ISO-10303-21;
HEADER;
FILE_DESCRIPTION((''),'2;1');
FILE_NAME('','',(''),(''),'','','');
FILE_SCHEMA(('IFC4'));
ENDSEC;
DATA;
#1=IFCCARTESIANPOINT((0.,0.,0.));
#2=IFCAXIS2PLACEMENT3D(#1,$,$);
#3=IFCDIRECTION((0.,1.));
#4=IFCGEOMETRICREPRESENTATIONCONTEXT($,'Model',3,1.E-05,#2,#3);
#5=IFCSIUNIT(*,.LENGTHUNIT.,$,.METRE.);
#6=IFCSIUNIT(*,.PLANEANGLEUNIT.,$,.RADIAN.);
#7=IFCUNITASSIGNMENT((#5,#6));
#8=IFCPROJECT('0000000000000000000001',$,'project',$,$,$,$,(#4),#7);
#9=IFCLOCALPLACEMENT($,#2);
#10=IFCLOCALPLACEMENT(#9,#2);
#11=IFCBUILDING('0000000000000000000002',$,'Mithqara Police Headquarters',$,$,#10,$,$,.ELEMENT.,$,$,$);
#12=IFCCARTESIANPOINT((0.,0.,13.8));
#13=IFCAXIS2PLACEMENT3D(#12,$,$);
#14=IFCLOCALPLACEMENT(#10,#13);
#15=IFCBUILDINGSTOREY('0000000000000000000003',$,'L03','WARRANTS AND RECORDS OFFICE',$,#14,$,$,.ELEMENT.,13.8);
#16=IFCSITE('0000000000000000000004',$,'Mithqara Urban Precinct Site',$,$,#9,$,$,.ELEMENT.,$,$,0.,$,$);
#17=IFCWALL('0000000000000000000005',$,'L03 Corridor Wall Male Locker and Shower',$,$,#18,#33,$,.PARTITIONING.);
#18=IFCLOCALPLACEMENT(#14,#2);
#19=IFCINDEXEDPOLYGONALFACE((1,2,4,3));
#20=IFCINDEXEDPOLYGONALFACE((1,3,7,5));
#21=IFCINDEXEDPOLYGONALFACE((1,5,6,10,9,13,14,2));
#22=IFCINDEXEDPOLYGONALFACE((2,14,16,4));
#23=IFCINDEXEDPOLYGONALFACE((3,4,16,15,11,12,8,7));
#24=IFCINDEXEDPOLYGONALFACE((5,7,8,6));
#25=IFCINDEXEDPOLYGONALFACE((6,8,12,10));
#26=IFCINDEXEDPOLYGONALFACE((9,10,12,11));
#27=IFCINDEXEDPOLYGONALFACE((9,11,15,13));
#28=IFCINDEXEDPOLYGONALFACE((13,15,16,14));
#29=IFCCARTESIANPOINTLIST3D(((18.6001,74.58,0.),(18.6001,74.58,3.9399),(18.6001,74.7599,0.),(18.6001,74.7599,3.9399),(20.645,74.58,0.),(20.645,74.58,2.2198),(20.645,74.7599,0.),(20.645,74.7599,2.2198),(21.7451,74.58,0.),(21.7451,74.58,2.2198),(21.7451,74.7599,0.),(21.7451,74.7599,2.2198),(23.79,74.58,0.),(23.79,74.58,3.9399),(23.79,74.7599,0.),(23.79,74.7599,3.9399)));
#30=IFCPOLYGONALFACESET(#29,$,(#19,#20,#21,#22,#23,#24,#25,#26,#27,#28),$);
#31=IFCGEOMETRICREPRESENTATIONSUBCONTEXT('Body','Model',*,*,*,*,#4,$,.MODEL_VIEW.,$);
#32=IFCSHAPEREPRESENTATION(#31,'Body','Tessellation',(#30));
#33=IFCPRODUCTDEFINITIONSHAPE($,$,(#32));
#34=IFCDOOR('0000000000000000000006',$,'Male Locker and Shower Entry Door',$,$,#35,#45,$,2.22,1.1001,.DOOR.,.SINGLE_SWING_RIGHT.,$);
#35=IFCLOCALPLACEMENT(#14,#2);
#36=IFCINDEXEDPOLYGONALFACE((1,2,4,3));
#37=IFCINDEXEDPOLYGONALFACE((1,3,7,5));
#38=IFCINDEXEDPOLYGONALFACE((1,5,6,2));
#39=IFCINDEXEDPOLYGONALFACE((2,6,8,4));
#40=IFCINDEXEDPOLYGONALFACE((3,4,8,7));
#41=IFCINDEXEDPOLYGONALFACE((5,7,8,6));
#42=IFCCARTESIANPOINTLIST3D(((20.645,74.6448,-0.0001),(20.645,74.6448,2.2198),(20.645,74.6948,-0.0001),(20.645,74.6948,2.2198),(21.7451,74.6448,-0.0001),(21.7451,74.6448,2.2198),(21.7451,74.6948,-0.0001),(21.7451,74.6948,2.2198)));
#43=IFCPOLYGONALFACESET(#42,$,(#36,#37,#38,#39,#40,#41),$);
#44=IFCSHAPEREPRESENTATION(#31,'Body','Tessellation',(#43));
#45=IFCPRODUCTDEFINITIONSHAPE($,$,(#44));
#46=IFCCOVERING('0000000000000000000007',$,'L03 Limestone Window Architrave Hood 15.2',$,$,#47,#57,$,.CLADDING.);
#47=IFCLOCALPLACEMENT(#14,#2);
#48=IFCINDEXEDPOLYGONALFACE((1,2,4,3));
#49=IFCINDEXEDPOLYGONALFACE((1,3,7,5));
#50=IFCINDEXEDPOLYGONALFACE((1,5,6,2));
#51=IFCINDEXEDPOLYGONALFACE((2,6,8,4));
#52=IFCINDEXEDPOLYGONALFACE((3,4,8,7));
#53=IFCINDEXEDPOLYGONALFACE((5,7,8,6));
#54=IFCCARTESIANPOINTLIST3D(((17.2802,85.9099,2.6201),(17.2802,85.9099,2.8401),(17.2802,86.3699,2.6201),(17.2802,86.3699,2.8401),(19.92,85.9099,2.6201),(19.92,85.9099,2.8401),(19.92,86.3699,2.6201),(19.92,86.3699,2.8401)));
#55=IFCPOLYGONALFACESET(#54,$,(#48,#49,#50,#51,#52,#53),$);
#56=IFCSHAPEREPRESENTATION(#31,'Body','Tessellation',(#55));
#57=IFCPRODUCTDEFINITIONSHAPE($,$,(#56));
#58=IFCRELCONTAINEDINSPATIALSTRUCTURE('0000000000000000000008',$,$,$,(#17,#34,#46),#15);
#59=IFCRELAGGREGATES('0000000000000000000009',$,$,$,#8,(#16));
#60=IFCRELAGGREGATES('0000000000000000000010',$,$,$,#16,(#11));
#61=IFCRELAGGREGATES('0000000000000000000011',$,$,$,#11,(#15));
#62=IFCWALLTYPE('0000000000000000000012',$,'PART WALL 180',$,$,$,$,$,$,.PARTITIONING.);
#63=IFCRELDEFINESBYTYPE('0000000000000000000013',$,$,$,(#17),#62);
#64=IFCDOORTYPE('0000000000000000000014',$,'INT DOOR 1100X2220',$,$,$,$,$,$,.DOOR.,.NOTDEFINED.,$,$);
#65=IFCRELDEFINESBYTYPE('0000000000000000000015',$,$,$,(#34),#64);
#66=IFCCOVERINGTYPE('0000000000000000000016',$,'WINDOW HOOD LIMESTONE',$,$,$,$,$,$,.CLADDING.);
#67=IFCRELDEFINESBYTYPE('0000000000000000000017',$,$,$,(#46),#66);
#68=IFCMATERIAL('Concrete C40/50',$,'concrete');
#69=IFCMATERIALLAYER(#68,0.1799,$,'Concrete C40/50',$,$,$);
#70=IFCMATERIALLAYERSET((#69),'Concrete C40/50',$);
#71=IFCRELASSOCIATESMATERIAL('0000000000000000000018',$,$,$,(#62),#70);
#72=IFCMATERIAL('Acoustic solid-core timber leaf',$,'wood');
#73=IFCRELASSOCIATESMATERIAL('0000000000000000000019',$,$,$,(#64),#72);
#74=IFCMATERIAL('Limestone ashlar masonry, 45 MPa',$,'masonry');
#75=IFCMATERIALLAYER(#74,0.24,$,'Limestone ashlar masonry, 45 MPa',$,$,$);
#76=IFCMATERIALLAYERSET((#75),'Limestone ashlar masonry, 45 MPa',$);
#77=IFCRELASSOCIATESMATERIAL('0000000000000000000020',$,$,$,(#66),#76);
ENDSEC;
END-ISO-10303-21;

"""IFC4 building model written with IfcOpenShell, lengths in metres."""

from ifc_helpers import new_model, si_unit, direction, frame, frame_2d, origin, origin_2d, place, context, subcontext, project, spatial, rectangle, extrude, material, layer, layer_set, type_object, element, fill, save


model = new_model("IFC4")

# Units and contexts
model_context = context("Model", 3, precision=1e-05, world=origin(), true_north=direction((0.0, 1.0)))
body_context = subcontext(model_context, "Body", "Model", "MODEL_VIEW")
ifc_project = project(units=[si_unit("LENGTHUNIT", "METRE"), si_unit("PLANEANGLEUNIT", "RADIAN")], contexts=[model_context])

# Site, building, storey
site_placement = place(None, origin())
site = spatial("IfcSite", under=ifc_project, at=site_placement, Name="Mithqara Urban Precinct Site", CompositionType="ELEMENT", RefElevation=0.0)
building_placement = place(site_placement, origin())
building = spatial("IfcBuilding", under=site, at=building_placement, Name="Mithqara Police Headquarters", CompositionType="ELEMENT")
storey_placement = place(building_placement, frame((0.0, 0.0, 13.8)))
storey = spatial("IfcBuildingStorey", under=building, at=storey_placement, Name="L03", Description="WARRANTS AND RECORDS OFFICE", CompositionType="ELEMENT", Elevation=13.8)

# Shared definitions
ifc_material_1 = material(Name="Concrete C40/50", Category="concrete")

# Shared definitions
ifc_layer_1 = layer(ifc_material_1, 0.1799, Name="Concrete C40/50")
ifc_layer_set_1 = layer_set([ifc_layer_1], Name="Concrete C40/50")
wall_type_1 = type_object("IfcWallType", Name="PART WALL 180", PredefinedType="PARTITIONING", material=ifc_layer_set_1)

# Wall, opening, door
wall_1_placement = place(storey_placement, frame((18.6001, 74.6699, 0.0), z_axis=(0.0, 0.0, 1.0), x_axis=(1.0, 0.0, 0.0)))
wall_1 = element("IfcWall", 1, at=wall_1_placement, inside=storey, type_object=wall_type_1, Name="L03 Corridor Wall Male Locker and Shower", PredefinedType="PARTITIONING", context=body_context, shape_type="SweptSolid", body=[
    extrude(rectangle(XDim=5.1899, YDim=0.1799, at=frame_2d((2.595, 0.0))), origin(), (0.0, 0.0, 1.0), 3.9399),
])
opening_1_placement = place(wall_1_placement, frame((2.0449, 0.0, 0.0)))
opening_1 = element("IfcOpeningElement", 2, at=opening_1_placement, cuts=wall_1, PredefinedType="OPENING", context=body_context, shape_type="SweptSolid", body=[
    extrude(rectangle(XDim=1.1001, YDim=2.22, at=frame_2d((0.55, 1.1099))), frame((0.0, 0.1001, 0.0), z_axis=(0.0, -1.0, 0.0), x_axis=(1.0, 0.0, 0.0)), (0.0, 0.0, 1.0), 0.2),
])
ifc_material_2 = material(Name="Acoustic solid-core timber leaf", Category="wood")
door_type_1 = type_object("IfcDoorType", Name="INT DOOR 1100X2220", OperationType="NOTDEFINED", PredefinedType="DOOR", material=ifc_material_2)
door_1_placement = place(opening_1_placement, origin())
door_1 = element("IfcDoor", 3, at=door_1_placement, inside=storey, type_object=door_type_1, Name="Male Locker and Shower Entry Door", OperationType="SINGLE_SWING_RIGHT", OverallHeight=2.22, OverallWidth=1.1001, PredefinedType="DOOR", context=body_context, shape_type="SweptSolid", body=[
    extrude(rectangle(XDim=1.1001, YDim=2.22, at=frame_2d((0.55, 1.1099))), frame((0.0, 0.0249, 0.0), z_axis=(0.0, -1.0, 0.0), x_axis=(1.0, 0.0, 0.0)), (0.0, 0.0, 1.0), 0.05),
])
fill(opening_1, door_1)

# Covering
ifc_material_3 = material(Name="Limestone ashlar masonry, 45 MPa", Category="masonry")
ifc_layer_2 = layer(ifc_material_3, 0.24, Name="Limestone ashlar masonry, 45 MPa")
ifc_layer_set_2 = layer_set([ifc_layer_2], Name="Limestone ashlar masonry, 45 MPa")
covering_type = type_object("IfcCoveringType", Name="WINDOW HOOD LIMESTONE", PredefinedType="CLADDING", material=ifc_layer_set_2)
covering_placement = place(storey_placement, frame((18.6001, 86.1399, 2.6201), z_axis=(0.0, 0.0, 1.0), x_axis=(1.0, 0.0, 0.0)))
element("IfcCovering", 4, at=covering_placement, inside=storey, type_object=covering_type, Name="L03 Limestone Window Architrave Hood 15.2", PredefinedType="CLADDING", context=body_context, shape_type="SweptSolid", body=[
    extrude(rectangle(XDim=2.6399, YDim=0.46, at=origin_2d()), origin(), (0.0, 0.0, 1.0), 0.22),
])

save(model, "model.ifc")
